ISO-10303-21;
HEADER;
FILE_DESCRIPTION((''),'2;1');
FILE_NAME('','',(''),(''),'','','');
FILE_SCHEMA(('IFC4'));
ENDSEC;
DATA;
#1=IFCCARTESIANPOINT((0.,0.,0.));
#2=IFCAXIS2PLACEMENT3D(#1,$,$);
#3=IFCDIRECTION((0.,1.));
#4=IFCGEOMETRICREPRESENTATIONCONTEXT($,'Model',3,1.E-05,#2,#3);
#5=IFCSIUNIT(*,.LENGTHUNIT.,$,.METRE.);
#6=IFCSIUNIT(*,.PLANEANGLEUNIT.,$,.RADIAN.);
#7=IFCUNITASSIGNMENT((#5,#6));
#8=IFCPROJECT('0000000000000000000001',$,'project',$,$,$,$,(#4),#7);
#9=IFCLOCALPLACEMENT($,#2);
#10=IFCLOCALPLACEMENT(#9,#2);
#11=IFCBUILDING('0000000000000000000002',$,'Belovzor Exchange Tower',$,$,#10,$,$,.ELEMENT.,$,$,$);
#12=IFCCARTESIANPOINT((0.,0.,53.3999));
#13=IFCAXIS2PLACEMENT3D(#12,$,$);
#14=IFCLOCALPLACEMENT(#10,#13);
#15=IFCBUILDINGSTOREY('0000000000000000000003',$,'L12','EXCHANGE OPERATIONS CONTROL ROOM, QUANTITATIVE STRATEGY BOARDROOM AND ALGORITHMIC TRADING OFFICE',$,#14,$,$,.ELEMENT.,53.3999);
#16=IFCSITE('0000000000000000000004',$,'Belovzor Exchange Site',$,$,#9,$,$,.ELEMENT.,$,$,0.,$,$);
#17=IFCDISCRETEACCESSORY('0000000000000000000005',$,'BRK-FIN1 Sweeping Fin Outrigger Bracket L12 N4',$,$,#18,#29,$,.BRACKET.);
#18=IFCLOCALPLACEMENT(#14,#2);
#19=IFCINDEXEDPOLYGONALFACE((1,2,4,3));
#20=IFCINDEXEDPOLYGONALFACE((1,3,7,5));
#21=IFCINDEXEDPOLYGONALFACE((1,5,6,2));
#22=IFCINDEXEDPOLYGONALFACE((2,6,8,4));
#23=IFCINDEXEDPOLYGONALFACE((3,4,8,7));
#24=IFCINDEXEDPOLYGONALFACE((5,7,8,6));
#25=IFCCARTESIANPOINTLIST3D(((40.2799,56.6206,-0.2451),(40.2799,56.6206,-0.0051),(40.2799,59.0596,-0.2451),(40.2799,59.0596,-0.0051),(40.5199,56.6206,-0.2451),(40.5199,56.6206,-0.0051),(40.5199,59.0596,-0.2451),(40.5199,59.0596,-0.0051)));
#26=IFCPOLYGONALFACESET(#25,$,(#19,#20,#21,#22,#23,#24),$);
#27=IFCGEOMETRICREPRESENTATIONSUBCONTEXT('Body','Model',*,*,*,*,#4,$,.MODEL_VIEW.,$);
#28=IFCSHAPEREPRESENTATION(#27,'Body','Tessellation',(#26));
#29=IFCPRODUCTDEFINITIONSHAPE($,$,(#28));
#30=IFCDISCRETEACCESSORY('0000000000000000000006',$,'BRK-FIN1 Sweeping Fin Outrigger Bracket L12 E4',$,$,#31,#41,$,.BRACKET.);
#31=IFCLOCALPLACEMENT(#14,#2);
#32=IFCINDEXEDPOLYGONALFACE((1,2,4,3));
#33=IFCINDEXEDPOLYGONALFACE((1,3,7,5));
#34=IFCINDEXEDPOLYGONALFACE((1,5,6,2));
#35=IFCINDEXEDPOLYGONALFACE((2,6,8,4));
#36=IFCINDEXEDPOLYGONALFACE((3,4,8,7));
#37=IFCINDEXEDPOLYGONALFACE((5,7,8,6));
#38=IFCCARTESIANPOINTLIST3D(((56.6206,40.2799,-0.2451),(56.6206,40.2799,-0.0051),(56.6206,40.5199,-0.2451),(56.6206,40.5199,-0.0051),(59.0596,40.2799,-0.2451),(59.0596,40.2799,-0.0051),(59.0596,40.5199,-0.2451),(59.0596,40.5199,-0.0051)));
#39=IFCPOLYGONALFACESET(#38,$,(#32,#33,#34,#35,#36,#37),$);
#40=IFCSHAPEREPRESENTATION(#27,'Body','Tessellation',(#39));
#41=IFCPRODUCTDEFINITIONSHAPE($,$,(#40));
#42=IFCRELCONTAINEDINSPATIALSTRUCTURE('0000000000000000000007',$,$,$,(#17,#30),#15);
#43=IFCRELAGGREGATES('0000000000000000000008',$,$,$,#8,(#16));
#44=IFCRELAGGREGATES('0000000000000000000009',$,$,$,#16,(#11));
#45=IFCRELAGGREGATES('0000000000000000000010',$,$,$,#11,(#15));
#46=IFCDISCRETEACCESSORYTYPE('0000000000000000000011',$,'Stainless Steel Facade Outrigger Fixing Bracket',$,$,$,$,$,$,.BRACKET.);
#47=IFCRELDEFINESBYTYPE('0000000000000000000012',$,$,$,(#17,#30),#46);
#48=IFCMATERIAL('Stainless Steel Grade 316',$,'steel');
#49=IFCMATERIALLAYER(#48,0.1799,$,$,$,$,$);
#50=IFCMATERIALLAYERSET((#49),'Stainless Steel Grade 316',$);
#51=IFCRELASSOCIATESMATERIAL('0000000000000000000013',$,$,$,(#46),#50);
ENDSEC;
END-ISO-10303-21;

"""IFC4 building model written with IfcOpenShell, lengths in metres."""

from ifc_helpers import new_model, si_unit, direction, frame, origin, origin_2d, place, context, subcontext, project, spatial, rectangle, extrude, material, layer, layer_set, type_object, element, save


model = new_model("IFC4")

# Units and contexts
model_context = context("Model", 3, precision=1e-05, world=origin(), true_north=direction((0.0, 1.0)))
body_context = subcontext(model_context, "Body", "Model", "MODEL_VIEW")
ifc_project = project(units=[si_unit("LENGTHUNIT", "METRE"), si_unit("PLANEANGLEUNIT", "RADIAN")], contexts=[model_context])

# Site, building, storey
site_placement = place(None, origin())
site = spatial("IfcSite", under=ifc_project, at=site_placement, Name="Belovzor Exchange Site", CompositionType="ELEMENT", RefElevation=0.0)
building_placement = place(site_placement, origin())
building = spatial("IfcBuilding", under=site, at=building_placement, Name="Belovzor Exchange Tower", CompositionType="ELEMENT")
storey_placement = place(building_placement, frame((0.0, 0.0, 53.3999)))
storey = spatial("IfcBuildingStorey", under=building, at=storey_placement, Name="L12", Description="EXCHANGE OPERATIONS CONTROL ROOM, QUANTITATIVE STRATEGY BOARDROOM AND ALGORITHMIC TRADING OFFICE", CompositionType="ELEMENT", Elevation=53.3999)

# Discrete accessories
ifc_material_1 = material(Name="Stainless Steel Grade 316", Category="steel")
ifc_layer_1 = layer(ifc_material_1, 0.1799)
ifc_layer_set_1 = layer_set([ifc_layer_1], Name="Stainless Steel Grade 316")
discrete_accessory_type = type_object("IfcDiscreteAccessoryType", Name="Stainless Steel Facade Outrigger Fixing Bracket", PredefinedType="BRACKET", material=ifc_layer_set_1)
for number, where, z_axis, x_axis, name in (
    (1, (40.3999, 57.8401, -0.2451), (0.0, 0.0, 1.0), (0.0, 1.0, 0.0), "BRK-FIN1 Sweeping Fin Outrigger Bracket L12 N4"),
    (2, (57.8401, 40.3999, -0.2451), (0.0, 0.0, 1.0), (1.0, 0.0, 0.0), "BRK-FIN1 Sweeping Fin Outrigger Bracket L12 E4"),
):
    element("IfcDiscreteAccessory", number, at=place(storey_placement, frame(where, z_axis=z_axis, x_axis=x_axis)), inside=storey, type_object=discrete_accessory_type, Name=name, PredefinedType="BRACKET", context=body_context, shape_type="SweptSolid", body=[
        extrude(rectangle(XDim=2.439, YDim=0.24, at=origin_2d()), origin(), (0.0, 0.0, 1.0), 0.24),
    ])

save(model, "model.ifc")
